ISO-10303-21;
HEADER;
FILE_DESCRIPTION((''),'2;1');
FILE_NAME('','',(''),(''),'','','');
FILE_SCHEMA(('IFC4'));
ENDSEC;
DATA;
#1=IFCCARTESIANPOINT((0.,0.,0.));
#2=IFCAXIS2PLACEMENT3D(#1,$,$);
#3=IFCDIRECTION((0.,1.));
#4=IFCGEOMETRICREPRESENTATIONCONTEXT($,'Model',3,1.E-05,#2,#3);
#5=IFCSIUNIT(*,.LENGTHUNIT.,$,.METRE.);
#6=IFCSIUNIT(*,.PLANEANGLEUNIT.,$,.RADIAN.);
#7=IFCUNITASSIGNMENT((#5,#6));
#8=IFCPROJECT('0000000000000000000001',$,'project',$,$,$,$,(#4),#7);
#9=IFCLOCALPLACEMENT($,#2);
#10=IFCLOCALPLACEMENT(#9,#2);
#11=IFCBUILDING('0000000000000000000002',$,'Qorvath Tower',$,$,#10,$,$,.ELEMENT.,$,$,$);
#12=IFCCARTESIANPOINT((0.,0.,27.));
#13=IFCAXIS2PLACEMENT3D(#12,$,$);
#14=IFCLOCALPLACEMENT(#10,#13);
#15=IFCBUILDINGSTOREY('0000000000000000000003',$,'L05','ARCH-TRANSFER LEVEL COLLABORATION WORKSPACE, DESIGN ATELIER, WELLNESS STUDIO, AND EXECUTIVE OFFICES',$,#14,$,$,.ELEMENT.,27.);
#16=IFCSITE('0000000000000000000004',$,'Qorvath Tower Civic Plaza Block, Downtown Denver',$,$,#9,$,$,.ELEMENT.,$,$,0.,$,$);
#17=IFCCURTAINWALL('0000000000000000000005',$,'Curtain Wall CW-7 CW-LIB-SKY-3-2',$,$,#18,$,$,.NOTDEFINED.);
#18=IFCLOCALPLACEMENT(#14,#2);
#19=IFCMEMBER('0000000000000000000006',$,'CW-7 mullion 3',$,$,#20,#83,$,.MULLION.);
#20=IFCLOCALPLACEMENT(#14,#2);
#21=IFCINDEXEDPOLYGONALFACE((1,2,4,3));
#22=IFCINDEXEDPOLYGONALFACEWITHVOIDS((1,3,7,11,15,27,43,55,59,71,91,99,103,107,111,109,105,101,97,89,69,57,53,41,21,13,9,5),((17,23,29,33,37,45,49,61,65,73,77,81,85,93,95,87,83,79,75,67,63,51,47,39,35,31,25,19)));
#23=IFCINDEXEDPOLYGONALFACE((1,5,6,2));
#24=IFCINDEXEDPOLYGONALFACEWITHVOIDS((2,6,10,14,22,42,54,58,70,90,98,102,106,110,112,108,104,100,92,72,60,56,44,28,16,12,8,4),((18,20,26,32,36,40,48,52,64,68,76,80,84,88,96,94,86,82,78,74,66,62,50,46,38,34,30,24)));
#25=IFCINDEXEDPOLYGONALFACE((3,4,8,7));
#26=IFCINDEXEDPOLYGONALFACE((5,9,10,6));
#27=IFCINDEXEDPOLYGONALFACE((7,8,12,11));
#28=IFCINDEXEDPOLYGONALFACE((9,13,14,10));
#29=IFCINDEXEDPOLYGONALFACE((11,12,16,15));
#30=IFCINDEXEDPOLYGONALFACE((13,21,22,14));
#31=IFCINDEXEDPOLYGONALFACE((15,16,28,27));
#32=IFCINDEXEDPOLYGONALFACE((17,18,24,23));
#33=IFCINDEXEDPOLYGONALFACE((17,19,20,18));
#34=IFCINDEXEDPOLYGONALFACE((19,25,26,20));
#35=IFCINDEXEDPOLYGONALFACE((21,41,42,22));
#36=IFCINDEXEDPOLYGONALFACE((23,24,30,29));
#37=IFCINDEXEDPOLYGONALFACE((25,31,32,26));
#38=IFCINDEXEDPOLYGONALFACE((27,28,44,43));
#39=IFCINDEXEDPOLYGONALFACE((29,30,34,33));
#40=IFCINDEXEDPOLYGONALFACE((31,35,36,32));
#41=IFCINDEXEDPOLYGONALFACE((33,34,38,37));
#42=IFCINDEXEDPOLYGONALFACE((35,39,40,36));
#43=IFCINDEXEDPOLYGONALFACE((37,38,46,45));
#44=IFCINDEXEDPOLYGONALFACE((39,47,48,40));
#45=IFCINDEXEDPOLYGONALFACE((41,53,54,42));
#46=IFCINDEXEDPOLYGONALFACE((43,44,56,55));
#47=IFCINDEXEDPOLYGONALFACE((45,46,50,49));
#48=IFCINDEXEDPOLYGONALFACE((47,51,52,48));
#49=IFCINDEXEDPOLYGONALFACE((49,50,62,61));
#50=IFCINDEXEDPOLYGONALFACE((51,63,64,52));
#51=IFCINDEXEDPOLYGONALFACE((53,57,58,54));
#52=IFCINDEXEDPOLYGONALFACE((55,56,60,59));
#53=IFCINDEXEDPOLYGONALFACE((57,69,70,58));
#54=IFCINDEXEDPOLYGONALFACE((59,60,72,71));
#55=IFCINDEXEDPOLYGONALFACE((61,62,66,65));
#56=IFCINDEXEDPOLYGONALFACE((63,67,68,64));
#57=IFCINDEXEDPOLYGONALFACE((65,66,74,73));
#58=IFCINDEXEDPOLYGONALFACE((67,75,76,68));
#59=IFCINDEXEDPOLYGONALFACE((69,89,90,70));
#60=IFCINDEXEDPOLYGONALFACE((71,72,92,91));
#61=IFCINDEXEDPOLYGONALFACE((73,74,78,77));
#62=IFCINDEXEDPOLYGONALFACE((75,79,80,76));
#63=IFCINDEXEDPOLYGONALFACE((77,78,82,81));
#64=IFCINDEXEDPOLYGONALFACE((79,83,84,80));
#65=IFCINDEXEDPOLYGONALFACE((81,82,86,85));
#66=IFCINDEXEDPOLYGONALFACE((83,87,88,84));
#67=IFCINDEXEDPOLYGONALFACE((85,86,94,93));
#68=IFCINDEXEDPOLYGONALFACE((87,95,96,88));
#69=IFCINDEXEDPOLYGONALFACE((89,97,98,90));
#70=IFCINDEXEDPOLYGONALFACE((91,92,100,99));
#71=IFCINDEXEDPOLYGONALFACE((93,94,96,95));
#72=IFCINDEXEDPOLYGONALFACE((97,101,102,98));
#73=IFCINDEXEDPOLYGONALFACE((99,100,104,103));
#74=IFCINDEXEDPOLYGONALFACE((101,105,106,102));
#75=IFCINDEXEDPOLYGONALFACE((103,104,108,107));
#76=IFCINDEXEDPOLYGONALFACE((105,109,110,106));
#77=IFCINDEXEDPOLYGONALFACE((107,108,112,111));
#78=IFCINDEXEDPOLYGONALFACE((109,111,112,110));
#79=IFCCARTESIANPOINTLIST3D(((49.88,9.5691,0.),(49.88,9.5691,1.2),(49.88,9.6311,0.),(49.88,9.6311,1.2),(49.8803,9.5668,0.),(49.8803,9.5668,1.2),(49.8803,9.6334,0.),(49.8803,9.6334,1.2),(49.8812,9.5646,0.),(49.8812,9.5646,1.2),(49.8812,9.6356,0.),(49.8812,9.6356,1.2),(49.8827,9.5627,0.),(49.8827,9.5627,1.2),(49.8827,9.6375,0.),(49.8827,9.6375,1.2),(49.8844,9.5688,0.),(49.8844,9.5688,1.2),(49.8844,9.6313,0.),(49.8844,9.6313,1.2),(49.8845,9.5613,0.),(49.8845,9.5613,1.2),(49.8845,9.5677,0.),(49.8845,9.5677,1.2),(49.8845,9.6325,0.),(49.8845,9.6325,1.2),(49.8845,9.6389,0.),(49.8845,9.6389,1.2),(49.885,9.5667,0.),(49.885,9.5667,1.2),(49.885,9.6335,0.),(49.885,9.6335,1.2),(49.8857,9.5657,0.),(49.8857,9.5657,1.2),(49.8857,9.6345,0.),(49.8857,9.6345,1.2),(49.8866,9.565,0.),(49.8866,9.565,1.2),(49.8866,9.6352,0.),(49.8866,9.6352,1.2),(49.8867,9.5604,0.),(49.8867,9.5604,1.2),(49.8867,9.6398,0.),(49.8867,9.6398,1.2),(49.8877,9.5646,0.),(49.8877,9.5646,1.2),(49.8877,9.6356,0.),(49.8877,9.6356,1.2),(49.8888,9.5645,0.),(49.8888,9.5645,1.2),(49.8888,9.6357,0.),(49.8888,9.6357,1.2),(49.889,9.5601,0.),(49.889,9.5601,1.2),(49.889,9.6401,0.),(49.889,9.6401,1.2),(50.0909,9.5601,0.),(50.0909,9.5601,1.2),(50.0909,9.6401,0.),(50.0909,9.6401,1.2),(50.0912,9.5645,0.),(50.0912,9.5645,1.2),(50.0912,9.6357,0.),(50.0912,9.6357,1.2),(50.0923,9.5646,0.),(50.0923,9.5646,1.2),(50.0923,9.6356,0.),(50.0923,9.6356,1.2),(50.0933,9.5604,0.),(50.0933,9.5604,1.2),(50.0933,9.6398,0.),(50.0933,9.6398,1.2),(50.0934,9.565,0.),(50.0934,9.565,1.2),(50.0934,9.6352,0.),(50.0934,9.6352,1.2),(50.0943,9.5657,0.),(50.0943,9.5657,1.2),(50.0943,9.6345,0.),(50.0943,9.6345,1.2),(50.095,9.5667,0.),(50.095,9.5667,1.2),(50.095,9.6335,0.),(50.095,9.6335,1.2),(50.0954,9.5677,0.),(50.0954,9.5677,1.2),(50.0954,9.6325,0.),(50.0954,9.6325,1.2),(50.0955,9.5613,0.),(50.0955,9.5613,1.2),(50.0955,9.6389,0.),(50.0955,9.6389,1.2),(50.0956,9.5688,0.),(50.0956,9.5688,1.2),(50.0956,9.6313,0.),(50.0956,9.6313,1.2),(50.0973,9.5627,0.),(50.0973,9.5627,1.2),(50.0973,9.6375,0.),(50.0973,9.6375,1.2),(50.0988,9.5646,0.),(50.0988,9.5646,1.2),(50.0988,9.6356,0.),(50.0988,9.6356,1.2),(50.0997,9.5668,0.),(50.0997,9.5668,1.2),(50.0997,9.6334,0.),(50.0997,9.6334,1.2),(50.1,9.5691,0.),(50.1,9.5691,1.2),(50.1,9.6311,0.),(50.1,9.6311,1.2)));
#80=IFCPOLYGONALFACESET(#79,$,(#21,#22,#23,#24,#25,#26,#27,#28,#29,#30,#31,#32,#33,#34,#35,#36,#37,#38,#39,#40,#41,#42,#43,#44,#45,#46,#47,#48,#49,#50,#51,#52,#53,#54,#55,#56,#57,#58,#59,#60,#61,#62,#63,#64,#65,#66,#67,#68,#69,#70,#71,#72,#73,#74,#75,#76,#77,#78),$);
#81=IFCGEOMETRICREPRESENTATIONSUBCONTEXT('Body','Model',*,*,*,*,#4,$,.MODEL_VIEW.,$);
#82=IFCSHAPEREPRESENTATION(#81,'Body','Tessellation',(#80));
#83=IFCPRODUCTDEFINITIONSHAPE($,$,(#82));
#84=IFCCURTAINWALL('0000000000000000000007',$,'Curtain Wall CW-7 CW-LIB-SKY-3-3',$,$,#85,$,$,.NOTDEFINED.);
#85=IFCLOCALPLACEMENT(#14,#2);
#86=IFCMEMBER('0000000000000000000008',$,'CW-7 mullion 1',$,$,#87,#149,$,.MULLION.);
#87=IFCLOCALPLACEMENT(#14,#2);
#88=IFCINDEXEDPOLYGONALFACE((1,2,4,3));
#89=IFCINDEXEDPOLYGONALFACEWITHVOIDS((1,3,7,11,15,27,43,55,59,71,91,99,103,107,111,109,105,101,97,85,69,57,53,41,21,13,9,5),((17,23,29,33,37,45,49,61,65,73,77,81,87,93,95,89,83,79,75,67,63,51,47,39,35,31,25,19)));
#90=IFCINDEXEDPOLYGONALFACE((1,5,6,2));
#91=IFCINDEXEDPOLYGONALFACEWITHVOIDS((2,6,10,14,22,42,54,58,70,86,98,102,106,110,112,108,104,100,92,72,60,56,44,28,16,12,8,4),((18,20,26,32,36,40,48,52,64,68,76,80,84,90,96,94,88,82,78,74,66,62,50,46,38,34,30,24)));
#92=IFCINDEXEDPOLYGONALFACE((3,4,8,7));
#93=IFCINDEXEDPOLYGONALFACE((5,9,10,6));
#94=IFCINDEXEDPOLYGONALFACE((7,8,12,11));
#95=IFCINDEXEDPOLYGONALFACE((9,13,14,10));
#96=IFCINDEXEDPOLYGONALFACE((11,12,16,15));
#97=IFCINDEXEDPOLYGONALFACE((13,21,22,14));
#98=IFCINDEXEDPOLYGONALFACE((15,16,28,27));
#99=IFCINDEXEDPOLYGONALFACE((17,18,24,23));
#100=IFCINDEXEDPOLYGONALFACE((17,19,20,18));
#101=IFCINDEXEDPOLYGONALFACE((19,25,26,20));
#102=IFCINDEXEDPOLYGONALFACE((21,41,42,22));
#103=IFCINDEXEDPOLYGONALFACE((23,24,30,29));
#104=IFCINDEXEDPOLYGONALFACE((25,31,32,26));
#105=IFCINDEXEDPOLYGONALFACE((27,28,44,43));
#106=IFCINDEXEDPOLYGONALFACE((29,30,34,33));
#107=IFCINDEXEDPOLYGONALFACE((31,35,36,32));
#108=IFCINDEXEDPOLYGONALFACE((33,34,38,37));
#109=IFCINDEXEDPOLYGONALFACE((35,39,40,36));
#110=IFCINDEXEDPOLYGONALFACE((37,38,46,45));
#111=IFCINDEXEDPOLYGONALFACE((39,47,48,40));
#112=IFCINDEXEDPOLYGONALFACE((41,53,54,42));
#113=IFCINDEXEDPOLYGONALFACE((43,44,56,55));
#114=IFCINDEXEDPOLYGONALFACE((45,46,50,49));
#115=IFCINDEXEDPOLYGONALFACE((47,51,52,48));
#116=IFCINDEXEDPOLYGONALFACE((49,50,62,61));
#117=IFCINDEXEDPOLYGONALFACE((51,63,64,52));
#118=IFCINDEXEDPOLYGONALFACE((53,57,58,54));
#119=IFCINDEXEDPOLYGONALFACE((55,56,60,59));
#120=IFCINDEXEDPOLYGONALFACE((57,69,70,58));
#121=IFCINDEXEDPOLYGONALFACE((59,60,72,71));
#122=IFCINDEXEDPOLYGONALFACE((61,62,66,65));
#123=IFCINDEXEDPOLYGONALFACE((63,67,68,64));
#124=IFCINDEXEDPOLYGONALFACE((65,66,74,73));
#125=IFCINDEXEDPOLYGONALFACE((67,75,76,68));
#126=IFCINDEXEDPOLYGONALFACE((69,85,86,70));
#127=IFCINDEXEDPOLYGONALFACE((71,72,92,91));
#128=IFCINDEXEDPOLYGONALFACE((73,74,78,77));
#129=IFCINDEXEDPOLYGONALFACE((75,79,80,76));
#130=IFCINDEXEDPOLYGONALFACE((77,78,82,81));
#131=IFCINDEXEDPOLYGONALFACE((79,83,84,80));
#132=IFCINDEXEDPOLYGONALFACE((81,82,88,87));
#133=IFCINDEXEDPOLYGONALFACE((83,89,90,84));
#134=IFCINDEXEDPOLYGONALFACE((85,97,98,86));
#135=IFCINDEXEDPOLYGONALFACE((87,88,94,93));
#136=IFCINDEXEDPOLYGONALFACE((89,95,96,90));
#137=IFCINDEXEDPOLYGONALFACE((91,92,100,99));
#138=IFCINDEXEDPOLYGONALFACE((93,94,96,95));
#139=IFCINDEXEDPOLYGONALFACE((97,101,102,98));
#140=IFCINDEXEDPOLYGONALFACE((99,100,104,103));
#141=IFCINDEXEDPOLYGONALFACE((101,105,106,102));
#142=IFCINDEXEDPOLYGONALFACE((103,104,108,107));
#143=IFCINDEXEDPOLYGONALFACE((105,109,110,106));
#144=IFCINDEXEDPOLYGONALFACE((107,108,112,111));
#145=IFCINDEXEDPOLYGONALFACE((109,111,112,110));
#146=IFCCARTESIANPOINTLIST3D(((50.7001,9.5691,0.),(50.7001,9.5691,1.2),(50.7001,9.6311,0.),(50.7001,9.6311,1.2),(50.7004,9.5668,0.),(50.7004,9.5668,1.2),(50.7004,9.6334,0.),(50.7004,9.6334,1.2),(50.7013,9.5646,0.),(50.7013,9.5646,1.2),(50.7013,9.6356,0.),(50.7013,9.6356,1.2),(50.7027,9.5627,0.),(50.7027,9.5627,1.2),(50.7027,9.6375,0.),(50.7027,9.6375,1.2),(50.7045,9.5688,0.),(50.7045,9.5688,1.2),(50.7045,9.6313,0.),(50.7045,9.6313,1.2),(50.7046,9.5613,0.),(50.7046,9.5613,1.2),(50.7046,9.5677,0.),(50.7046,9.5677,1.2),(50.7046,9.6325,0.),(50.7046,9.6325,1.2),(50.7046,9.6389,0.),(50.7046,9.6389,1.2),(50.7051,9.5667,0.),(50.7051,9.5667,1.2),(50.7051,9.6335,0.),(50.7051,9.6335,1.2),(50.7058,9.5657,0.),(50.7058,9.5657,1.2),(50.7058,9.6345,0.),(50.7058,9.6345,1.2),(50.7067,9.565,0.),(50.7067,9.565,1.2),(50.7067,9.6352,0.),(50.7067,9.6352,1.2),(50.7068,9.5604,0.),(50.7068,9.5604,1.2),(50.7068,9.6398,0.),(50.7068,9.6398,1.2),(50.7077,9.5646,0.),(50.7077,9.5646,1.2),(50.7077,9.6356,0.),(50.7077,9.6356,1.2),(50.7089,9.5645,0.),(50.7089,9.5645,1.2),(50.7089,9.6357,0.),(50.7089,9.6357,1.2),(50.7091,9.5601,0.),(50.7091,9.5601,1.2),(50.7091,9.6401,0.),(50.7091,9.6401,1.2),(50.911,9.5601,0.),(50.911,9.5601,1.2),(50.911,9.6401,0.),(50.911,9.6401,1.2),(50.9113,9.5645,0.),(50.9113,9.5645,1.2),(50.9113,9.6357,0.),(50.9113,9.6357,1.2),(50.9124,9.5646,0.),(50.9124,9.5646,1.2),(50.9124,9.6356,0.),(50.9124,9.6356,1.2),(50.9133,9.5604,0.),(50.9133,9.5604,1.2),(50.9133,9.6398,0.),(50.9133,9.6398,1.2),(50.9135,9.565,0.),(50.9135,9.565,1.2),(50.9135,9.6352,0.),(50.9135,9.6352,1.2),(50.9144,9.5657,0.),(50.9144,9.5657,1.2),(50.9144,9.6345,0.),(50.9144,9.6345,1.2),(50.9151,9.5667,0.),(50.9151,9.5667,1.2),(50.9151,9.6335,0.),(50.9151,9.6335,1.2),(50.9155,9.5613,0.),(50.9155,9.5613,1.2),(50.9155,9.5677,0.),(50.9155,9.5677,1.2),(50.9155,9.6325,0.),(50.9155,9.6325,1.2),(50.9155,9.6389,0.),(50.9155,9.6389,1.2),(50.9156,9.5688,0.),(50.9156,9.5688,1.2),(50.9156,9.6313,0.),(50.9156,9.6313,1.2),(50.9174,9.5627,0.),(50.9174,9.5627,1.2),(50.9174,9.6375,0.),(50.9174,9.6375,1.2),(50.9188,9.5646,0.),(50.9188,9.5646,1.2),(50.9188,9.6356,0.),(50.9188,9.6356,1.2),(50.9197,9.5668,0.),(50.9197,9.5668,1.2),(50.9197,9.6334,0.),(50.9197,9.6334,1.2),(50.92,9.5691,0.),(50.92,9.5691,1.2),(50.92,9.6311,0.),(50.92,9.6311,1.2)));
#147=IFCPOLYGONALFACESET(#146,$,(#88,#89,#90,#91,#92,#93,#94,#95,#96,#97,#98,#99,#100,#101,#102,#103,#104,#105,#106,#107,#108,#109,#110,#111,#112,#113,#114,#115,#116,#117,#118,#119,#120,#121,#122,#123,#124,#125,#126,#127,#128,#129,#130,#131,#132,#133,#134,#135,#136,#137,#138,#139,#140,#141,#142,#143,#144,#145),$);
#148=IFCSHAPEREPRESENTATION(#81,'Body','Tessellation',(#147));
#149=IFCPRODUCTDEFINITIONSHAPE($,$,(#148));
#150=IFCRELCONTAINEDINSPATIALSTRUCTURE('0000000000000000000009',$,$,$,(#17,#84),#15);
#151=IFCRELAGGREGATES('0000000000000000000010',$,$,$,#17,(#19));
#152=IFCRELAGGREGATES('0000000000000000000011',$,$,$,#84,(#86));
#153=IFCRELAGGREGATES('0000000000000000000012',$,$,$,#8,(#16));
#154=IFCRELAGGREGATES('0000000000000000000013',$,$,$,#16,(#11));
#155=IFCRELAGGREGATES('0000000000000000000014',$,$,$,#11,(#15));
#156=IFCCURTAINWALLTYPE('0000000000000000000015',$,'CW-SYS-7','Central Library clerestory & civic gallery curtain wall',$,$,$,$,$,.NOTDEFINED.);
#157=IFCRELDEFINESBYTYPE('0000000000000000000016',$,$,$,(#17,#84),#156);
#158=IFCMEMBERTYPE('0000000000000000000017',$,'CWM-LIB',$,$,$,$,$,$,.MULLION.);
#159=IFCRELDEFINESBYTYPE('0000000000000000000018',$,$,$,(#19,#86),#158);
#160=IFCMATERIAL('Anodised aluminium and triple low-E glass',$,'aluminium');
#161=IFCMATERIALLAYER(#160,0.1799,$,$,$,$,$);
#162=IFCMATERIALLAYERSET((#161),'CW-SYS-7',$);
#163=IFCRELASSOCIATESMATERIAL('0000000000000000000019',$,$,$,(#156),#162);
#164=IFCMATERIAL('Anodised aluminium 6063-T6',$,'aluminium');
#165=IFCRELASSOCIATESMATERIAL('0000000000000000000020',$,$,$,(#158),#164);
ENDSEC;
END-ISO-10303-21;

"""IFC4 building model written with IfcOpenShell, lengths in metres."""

from ifc_helpers import new_model, si_unit, direction, frame, origin, origin_2d, place, context, subcontext, project, spatial, hollow_rectangle, extrude, material, layer, layer_set, material_profile, profile_set, type_object, element, aggregate, save


model = new_model("IFC4")

# Units and contexts
model_context = context("Model", 3, precision=1e-05, world=origin(), true_north=direction((0.0, 1.0)))
body_context = subcontext(model_context, "Body", "Model", "MODEL_VIEW")
ifc_project = project(units=[si_unit("LENGTHUNIT", "METRE"), si_unit("PLANEANGLEUNIT", "RADIAN")], contexts=[model_context])

# Site, building, storey
site_placement = place(None, origin())
site = spatial("IfcSite", under=ifc_project, at=site_placement, Name="Qorvath Tower Civic Plaza Block, Downtown Denver", CompositionType="ELEMENT", RefElevation=0.0)
building_placement = place(site_placement, origin())
building = spatial("IfcBuilding", under=site, at=building_placement, Name="Qorvath Tower", CompositionType="ELEMENT")
storey_placement = place(building_placement, frame((0.0, 0.0, 27.0)))
storey = spatial("IfcBuildingStorey", under=building, at=storey_placement, Name="L05", Description="ARCH-TRANSFER LEVEL COLLABORATION WORKSPACE, DESIGN ATELIER, WELLNESS STUDIO, AND EXECUTIVE OFFICES", CompositionType="ELEMENT", Elevation=27.0)

# Curtain wall, member
ifc_material_1 = material(Name="Anodised aluminium and triple low-E glass", Category="aluminium")
ifc_layer_1 = layer(ifc_material_1, 0.1799)
ifc_layer_set_1 = layer_set([ifc_layer_1], Name="CW-SYS-7")
curtain_wall_type = type_object("IfcCurtainWallType", Name="CW-SYS-7", Description="Central Library clerestory & civic gallery curtain wall", PredefinedType="NOTDEFINED", material=ifc_layer_set_1)
ifc_material_2 = material(Name="Anodised aluminium 6063-T6", Category="aluminium")
ifc_material_profile_1 = material_profile(ifc_material_2, hollow_rectangle(XDim=0.0801, YDim=0.22, WallThickness=0.0044, InnerFilletRadius=0.0044, OuterFilletRadius=0.009, at=origin_2d()), Name="CWM LIB 220x80")
ifc_profile_set_1 = profile_set([ifc_material_profile_1], Name="Anodised aluminium 6063-T6")
member_type_1 = type_object("IfcMemberType", Name="CWM-LIB", PredefinedType="MULLION", material=ifc_profile_set_1)
curtain_wall_1_placement = place(storey_placement, origin())
curtain_wall_1 = element("IfcCurtainWall", 1, at=curtain_wall_1_placement, inside=storey, type_object=curtain_wall_type, Name="Curtain Wall CW-7 CW-LIB-SKY-3-2", PredefinedType="NOTDEFINED")
member_1_placement = place(storey_placement, frame((49.99, 9.6001, 0.0), z_axis=(0.0, 0.0, 1.0), x_axis=(0.0, 1.0, 0.0)))
member_1 = element("IfcMember", 2, at=member_1_placement, type_object=member_type_1, Name="CW-7 mullion 3", PredefinedType="MULLION", context=body_context, shape_type="SweptSolid", body=[
    extrude(hollow_rectangle(XDim=0.0801, YDim=0.22, WallThickness=0.0044, InnerFilletRadius=0.0044, OuterFilletRadius=0.009, at=origin_2d()), origin(), (0.0, 0.0, 1.0), 1.2),
])

# Curtain wall, member
curtain_wall_2_placement = place(storey_placement, origin())
curtain_wall_2 = element("IfcCurtainWall", 3, at=curtain_wall_2_placement, inside=storey, type_object=curtain_wall_type, Name="Curtain Wall CW-7 CW-LIB-SKY-3-3", PredefinedType="NOTDEFINED")
member_2_placement = place(storey_placement, frame((50.8101, 9.6001, 0.0), z_axis=(0.0, 0.0, 1.0), x_axis=(0.0, 1.0, 0.0)))
member_2 = element("IfcMember", 4, at=member_2_placement, type_object=member_type_1, Name="CW-7 mullion 1", PredefinedType="MULLION", context=body_context, shape_type="SweptSolid", body=[
    extrude(hollow_rectangle(XDim=0.0801, YDim=0.22, WallThickness=0.0044, InnerFilletRadius=0.0044, OuterFilletRadius=0.009, at=origin_2d()), origin(), (0.0, 0.0, 1.0), 1.2),
])

aggregate(curtain_wall_1, [member_1])
aggregate(curtain_wall_2, [member_2])

save(model, "model.ifc")
